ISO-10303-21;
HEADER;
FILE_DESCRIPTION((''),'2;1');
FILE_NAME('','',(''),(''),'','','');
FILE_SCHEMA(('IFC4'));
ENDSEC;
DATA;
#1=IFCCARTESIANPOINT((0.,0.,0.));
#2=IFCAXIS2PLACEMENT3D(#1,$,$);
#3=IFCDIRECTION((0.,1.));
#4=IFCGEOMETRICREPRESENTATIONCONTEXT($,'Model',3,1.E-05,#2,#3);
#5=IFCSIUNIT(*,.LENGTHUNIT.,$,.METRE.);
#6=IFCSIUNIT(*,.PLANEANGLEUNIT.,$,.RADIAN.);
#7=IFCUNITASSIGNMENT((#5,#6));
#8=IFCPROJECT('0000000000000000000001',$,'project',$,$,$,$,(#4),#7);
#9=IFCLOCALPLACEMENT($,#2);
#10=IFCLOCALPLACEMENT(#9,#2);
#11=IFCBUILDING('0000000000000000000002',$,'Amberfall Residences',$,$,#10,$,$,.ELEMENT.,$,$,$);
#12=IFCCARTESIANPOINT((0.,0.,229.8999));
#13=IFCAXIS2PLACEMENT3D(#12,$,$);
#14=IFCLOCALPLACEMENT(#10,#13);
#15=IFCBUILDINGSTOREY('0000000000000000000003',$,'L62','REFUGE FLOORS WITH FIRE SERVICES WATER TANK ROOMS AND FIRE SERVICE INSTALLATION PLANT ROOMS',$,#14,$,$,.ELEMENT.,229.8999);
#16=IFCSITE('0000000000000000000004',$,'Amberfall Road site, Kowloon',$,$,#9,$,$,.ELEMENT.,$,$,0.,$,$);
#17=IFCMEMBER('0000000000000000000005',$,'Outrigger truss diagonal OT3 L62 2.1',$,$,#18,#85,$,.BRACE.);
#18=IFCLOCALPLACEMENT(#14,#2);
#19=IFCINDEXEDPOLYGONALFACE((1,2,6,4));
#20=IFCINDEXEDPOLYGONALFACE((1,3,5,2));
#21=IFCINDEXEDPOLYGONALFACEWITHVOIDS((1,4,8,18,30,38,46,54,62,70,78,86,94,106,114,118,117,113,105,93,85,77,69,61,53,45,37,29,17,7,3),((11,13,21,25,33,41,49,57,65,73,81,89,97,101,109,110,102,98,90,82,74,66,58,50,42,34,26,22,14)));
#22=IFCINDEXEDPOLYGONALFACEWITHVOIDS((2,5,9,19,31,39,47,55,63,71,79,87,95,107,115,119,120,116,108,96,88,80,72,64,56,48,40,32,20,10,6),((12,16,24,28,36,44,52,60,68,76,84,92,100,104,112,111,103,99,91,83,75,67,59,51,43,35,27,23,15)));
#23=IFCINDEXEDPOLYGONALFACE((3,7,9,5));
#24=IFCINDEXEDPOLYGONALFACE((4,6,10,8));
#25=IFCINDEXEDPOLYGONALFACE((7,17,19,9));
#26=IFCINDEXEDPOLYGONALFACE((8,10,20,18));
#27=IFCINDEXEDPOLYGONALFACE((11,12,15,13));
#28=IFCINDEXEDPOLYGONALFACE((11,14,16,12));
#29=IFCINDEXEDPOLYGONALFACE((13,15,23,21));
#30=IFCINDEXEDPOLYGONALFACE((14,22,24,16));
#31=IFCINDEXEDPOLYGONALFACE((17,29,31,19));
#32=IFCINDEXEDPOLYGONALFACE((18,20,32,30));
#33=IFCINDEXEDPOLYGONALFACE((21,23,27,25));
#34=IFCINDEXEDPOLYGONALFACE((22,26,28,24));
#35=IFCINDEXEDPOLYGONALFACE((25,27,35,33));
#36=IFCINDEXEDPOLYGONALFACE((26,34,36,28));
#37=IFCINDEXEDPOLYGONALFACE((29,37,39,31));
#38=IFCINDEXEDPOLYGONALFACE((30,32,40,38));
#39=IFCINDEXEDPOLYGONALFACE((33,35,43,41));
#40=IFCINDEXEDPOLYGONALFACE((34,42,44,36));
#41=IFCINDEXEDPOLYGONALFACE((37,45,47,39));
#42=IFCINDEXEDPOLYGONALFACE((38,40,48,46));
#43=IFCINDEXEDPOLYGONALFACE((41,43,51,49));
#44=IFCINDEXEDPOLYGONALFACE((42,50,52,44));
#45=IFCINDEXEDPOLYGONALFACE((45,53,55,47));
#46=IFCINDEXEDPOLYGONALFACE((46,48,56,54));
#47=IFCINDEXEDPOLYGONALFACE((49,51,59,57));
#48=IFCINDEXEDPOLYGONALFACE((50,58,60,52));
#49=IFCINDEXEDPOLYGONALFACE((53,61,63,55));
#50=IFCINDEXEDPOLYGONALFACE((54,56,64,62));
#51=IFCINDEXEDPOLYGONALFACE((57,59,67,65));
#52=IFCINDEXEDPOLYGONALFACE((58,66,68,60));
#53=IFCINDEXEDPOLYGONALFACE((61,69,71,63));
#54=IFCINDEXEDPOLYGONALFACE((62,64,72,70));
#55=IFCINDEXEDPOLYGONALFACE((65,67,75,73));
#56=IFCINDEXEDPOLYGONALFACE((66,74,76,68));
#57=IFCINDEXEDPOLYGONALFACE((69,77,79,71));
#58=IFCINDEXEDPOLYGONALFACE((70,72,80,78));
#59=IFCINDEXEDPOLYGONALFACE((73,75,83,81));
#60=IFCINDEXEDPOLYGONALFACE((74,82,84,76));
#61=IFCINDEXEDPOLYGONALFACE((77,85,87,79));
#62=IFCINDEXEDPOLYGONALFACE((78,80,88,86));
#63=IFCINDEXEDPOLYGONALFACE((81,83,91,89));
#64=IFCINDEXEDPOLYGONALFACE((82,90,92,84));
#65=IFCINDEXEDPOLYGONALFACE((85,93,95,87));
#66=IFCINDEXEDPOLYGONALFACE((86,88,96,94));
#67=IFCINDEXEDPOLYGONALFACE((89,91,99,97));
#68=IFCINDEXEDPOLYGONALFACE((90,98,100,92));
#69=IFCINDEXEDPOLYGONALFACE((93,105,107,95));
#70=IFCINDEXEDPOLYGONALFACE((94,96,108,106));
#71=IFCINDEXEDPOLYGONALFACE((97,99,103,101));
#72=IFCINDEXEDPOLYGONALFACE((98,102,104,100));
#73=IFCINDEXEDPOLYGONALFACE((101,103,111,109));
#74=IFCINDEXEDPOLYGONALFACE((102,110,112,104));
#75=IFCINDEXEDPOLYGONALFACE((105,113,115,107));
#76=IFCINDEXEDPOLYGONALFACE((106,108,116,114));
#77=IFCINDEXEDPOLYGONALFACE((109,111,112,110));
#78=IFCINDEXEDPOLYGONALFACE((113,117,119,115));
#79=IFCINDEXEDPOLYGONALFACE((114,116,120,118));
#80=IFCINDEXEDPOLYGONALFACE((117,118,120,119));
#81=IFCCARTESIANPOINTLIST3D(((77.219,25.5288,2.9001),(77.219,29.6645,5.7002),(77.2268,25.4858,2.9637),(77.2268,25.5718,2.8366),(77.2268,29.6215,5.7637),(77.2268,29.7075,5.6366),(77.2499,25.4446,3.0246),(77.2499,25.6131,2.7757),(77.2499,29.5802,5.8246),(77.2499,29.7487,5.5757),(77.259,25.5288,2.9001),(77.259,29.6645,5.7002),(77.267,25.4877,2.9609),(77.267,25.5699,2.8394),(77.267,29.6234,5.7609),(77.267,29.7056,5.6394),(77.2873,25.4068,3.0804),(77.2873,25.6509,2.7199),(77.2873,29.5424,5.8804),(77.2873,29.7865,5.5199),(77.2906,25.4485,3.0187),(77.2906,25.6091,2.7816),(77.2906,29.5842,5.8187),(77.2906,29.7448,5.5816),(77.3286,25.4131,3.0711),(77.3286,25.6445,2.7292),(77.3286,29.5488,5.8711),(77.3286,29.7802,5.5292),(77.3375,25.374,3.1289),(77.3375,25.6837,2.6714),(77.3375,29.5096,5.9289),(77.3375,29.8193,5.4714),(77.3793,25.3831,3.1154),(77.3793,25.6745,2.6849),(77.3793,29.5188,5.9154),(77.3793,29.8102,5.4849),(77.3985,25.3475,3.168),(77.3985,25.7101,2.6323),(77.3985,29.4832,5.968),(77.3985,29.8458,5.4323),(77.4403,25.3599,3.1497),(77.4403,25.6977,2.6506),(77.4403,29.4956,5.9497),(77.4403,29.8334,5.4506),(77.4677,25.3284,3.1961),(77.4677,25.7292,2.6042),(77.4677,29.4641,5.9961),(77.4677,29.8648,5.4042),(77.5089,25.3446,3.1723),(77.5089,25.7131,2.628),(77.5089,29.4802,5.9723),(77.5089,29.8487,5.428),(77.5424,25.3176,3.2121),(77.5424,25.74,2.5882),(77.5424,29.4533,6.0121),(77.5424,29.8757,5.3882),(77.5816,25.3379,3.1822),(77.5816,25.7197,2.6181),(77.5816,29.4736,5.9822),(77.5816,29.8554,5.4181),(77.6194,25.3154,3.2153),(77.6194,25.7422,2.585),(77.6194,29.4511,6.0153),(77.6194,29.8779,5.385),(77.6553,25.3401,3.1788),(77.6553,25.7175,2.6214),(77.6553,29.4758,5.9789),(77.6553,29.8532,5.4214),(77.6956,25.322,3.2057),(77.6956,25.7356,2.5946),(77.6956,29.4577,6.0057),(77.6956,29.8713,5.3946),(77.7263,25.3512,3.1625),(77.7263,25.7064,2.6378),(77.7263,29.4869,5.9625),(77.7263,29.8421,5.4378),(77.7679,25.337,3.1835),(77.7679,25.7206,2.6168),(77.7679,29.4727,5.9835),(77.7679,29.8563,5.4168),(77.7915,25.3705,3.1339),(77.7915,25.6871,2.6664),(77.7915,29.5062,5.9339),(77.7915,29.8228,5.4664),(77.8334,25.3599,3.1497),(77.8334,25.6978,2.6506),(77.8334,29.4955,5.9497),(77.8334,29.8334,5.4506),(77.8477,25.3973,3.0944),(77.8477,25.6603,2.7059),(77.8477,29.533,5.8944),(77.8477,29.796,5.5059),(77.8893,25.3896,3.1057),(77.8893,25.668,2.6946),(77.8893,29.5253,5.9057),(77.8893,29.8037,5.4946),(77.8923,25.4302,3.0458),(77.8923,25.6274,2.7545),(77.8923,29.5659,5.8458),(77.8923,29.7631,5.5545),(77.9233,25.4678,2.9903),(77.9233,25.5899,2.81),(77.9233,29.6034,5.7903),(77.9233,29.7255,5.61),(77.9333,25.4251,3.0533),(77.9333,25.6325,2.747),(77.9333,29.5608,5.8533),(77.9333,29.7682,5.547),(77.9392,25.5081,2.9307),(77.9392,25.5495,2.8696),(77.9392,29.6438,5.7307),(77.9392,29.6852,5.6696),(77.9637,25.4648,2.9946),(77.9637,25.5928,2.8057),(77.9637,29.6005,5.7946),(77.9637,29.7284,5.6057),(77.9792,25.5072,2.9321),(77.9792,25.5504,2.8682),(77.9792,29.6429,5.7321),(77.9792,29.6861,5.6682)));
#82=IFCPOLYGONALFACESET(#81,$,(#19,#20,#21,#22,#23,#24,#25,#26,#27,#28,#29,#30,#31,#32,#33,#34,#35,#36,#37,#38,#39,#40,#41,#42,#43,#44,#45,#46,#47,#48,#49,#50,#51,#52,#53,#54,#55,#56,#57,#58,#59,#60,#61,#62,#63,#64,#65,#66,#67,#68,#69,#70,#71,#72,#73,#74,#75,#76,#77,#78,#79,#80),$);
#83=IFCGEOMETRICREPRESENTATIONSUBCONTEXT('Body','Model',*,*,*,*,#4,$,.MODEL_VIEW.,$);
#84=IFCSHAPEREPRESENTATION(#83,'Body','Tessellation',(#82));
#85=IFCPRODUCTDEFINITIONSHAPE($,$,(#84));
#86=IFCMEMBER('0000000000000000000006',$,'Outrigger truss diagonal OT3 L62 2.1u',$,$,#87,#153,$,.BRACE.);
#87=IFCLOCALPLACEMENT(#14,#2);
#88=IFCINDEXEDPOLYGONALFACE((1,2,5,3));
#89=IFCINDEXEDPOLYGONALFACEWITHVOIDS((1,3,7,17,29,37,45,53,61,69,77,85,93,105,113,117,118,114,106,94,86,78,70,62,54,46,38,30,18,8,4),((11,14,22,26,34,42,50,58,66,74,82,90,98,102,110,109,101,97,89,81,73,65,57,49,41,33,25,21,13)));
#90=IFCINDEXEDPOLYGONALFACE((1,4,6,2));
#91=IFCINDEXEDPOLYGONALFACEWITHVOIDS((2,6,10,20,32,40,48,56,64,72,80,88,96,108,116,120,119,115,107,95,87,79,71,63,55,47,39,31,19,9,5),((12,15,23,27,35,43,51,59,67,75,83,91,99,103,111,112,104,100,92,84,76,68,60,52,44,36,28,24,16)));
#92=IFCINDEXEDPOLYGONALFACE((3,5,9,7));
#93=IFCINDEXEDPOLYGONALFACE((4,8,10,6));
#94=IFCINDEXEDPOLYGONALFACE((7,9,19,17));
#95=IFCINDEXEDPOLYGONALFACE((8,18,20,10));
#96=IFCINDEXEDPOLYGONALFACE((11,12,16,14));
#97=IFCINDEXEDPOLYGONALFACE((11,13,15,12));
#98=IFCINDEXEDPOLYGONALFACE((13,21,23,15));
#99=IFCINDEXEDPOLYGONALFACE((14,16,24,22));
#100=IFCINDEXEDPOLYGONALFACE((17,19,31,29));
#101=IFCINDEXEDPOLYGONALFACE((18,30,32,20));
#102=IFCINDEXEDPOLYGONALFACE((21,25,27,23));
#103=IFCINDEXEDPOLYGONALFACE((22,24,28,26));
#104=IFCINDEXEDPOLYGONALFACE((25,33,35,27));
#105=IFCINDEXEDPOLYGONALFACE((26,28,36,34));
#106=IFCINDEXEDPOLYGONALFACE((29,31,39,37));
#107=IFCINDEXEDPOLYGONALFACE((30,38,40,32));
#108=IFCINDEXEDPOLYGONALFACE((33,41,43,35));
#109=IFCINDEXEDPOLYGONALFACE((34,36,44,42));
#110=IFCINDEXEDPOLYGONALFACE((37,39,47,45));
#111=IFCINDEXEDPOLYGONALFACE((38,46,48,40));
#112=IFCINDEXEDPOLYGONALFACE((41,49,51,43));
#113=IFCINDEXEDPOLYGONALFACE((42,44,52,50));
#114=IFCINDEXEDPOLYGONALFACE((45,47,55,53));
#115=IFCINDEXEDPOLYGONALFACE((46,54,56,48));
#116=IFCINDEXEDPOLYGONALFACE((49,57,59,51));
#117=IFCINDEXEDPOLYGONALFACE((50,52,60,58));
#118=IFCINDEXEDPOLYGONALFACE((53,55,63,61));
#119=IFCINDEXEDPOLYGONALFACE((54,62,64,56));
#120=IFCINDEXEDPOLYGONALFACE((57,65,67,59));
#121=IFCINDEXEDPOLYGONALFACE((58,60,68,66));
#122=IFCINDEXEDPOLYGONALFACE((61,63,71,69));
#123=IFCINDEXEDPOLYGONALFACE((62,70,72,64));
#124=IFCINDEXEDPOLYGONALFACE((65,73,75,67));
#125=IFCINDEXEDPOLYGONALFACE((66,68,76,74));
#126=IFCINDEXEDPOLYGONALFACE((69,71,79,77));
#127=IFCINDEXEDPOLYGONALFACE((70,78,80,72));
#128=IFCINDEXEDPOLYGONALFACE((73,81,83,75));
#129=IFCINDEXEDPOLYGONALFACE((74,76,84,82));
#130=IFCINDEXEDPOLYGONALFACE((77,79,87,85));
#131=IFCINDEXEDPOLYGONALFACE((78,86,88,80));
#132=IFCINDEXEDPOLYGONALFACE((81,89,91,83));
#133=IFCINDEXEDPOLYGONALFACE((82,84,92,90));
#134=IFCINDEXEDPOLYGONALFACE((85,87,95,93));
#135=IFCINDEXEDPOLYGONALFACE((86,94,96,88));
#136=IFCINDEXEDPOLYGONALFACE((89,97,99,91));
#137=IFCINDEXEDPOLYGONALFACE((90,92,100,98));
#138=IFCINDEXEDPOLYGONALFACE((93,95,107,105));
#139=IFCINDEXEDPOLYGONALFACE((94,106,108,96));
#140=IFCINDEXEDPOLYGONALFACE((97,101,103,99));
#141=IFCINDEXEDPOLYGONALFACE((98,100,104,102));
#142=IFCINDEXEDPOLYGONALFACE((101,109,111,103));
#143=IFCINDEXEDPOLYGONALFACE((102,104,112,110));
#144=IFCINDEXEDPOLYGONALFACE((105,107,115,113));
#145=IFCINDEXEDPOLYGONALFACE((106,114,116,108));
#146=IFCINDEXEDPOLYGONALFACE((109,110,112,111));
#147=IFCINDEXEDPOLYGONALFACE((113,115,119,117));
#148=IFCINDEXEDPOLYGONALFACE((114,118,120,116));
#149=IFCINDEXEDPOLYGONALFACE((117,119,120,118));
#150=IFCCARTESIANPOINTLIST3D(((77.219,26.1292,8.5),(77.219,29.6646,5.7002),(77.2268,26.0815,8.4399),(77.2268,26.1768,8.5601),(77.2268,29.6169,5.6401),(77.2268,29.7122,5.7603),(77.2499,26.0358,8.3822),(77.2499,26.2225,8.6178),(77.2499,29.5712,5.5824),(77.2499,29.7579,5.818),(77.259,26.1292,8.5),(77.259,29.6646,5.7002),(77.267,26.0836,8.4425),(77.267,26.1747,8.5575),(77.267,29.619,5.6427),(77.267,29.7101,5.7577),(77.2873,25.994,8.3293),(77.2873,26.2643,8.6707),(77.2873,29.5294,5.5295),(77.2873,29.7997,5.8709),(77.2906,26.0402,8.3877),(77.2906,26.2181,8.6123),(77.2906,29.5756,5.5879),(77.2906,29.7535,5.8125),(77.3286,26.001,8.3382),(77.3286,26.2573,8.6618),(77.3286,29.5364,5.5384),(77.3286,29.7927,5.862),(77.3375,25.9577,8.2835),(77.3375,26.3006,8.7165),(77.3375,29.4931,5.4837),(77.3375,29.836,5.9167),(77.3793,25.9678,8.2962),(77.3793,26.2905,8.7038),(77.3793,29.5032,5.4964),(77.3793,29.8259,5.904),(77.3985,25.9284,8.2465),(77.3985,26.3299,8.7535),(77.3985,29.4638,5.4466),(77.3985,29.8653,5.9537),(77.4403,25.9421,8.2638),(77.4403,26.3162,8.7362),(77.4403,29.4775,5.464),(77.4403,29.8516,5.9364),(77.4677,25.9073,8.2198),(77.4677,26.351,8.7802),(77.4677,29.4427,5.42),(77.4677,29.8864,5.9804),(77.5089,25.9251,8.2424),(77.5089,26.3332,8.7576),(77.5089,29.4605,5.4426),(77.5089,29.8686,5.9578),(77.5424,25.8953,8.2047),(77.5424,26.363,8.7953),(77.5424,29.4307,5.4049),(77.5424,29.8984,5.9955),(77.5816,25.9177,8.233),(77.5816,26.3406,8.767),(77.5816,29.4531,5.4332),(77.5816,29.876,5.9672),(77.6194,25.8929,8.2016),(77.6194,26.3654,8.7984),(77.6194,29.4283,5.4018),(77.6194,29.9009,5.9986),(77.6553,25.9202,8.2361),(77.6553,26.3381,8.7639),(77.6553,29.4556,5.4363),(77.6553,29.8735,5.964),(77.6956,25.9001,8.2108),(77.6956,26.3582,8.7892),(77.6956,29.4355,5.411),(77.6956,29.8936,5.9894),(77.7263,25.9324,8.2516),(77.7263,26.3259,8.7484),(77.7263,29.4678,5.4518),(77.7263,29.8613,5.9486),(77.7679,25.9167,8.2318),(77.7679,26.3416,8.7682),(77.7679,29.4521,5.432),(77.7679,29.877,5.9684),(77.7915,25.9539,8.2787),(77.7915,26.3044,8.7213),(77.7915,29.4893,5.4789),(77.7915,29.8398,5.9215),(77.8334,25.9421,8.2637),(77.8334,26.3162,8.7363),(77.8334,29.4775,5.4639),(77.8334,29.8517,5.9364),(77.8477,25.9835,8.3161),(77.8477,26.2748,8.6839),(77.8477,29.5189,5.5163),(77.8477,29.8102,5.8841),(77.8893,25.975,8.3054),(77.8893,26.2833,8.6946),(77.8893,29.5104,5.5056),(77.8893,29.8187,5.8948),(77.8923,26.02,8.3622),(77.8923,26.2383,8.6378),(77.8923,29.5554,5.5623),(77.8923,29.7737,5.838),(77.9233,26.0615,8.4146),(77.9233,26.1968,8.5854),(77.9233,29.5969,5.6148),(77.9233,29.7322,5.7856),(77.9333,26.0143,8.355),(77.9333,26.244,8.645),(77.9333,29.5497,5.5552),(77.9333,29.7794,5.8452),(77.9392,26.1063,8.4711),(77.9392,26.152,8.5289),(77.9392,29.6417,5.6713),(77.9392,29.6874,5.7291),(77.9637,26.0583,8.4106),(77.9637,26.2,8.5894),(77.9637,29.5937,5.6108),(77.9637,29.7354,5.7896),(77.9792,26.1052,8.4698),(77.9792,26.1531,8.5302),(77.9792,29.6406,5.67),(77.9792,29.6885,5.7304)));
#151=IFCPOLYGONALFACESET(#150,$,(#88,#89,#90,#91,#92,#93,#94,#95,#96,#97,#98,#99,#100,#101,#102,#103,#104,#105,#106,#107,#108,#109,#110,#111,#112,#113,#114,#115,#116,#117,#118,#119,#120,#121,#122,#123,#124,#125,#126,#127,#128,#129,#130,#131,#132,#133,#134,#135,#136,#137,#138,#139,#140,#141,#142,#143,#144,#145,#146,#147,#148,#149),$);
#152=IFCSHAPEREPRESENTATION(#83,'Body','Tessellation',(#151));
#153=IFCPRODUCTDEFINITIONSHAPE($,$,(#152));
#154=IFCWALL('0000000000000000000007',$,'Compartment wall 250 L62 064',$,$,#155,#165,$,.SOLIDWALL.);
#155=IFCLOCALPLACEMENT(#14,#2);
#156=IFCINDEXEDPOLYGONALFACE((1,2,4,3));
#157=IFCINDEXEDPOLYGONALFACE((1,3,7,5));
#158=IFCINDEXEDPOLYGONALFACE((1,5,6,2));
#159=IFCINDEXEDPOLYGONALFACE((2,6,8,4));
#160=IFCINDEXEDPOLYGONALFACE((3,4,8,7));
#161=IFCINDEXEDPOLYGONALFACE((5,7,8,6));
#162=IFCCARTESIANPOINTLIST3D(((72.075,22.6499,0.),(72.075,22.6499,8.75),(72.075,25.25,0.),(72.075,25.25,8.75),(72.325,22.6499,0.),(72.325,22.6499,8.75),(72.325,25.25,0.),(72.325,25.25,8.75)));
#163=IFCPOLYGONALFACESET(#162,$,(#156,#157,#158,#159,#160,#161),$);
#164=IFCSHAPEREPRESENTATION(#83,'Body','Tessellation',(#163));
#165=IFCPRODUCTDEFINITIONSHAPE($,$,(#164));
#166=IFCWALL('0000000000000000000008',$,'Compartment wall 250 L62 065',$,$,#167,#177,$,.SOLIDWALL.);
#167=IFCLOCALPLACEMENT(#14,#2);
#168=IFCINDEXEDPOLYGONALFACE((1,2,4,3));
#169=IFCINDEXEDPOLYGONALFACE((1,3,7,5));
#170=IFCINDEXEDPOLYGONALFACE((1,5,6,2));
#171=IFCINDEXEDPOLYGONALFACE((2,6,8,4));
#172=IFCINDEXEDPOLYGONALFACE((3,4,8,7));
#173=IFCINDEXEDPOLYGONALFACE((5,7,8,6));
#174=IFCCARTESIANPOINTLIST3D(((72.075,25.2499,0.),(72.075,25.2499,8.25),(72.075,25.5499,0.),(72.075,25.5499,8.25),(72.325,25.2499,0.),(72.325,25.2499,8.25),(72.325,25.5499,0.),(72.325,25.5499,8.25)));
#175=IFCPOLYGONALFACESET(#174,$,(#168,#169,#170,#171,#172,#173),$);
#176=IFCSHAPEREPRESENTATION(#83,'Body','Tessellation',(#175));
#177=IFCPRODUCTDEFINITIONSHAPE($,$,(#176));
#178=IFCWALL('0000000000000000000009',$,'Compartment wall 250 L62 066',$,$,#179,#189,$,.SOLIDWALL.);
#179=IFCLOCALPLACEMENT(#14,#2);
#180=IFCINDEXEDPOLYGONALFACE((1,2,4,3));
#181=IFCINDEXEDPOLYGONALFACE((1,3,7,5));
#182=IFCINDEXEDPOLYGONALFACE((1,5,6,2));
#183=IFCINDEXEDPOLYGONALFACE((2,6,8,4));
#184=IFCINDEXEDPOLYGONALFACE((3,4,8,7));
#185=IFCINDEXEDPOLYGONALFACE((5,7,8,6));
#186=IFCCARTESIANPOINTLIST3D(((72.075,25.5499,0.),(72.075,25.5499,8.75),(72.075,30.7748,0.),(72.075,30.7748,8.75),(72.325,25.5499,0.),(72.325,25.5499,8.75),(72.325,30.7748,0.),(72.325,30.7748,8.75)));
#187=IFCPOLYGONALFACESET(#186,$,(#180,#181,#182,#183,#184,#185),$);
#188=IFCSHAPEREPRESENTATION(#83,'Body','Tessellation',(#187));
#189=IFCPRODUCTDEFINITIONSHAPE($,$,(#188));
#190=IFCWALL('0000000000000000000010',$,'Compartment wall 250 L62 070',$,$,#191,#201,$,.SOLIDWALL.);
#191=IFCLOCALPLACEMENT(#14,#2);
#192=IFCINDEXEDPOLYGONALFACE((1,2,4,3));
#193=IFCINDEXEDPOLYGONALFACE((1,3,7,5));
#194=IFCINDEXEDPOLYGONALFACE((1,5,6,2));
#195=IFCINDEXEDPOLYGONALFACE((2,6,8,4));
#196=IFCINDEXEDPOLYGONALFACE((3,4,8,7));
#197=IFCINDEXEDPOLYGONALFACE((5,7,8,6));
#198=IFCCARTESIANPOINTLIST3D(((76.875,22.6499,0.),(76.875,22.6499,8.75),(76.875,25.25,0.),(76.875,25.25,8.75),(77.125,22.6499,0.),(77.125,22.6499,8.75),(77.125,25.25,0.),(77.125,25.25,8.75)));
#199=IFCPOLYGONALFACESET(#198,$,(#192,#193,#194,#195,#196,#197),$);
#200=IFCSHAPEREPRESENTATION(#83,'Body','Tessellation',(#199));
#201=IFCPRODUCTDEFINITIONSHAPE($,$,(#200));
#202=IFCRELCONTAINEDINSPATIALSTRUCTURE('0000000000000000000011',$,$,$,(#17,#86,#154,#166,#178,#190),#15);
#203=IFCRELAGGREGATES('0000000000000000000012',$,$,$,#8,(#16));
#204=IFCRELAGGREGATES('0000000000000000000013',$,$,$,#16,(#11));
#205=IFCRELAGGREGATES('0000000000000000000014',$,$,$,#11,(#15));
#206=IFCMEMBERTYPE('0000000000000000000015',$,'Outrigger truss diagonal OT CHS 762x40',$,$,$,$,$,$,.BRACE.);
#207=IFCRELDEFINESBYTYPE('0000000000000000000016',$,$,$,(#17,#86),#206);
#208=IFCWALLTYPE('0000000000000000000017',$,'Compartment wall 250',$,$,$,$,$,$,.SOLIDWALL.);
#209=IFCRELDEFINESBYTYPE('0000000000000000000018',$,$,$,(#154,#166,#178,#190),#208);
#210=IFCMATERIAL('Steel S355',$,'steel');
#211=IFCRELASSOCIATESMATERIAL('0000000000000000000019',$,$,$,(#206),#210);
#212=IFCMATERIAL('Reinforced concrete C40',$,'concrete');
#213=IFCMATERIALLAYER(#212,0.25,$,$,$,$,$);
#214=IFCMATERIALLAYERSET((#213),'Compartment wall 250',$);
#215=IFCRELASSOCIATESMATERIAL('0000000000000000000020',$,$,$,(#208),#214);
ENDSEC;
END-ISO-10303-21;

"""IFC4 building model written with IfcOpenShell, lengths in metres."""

from ifc_helpers import new_model, si_unit, direction, frame, frame_2d, origin, origin_2d, place, context, subcontext, project, spatial, rectangle, hollow_circle, extrude, material, layer, layer_set, material_profile, profile_set, type_object, element, save


model = new_model("IFC4")

# Units and contexts
model_context = context("Model", 3, precision=1e-05, world=origin(), true_north=direction((0.0, 1.0)))
body_context = subcontext(model_context, "Body", "Model", "MODEL_VIEW")
ifc_project = project(units=[si_unit("LENGTHUNIT", "METRE"), si_unit("PLANEANGLEUNIT", "RADIAN")], contexts=[model_context])

# Site, building, storey
site_placement = place(None, origin())
site = spatial("IfcSite", under=ifc_project, at=site_placement, Name="Amberfall Road site, Kowloon", CompositionType="ELEMENT", RefElevation=0.0)
building_placement = place(site_placement, origin())
building = spatial("IfcBuilding", under=site, at=building_placement, Name="Amberfall Residences", CompositionType="ELEMENT")
storey_placement = place(building_placement, frame((0.0, 0.0, 229.8999)))
storey = spatial("IfcBuildingStorey", under=building, at=storey_placement, Name="L62", Description="REFUGE FLOORS WITH FIRE SERVICES WATER TANK ROOMS AND FIRE SERVICE INSTALLATION PLANT ROOMS", CompositionType="ELEMENT", Elevation=229.8999)

# Shared definitions
ifc_material_1 = material(Name="Steel S355", Category="steel")

# Members
ifc_material_profile_1 = material_profile(ifc_material_1, hollow_circle(Radius=0.3811, WallThickness=0.04, at=origin_2d()), Name="CHS 762x40")
ifc_profile_set_1 = profile_set([ifc_material_profile_1], Name="Steel S355")
member_type_1 = type_object("IfcMemberType", Name="Outrigger truss diagonal OT CHS 762x40", PredefinedType="BRACE", material=ifc_profile_set_1)
member_1_placement = place(storey_placement, frame((77.6001, 25.5288, 2.9001), z_axis=(0.0, 0.828066, 0.560631), x_axis=(-1.0, 0.0, 0.0)))
element("IfcMember", 1, at=member_1_placement, inside=storey, type_object=member_type_1, Name="Outrigger truss diagonal OT3 L62 2.1", PredefinedType="BRACE", context=body_context, shape_type="SweptSolid", body=[
    extrude(hollow_circle(Radius=0.3811, WallThickness=0.04, at=origin_2d()), origin(), (0.0, 0.0, 1.0), 4.9944),
])
member_2_placement = place(storey_placement, frame((77.6001, 26.1292, 8.5), z_axis=(0.0, 0.783944, -0.620832), x_axis=(-1.0, 0.0, 0.0)))
element("IfcMember", 2, at=member_2_placement, inside=storey, type_object=member_type_1, Name="Outrigger truss diagonal OT3 L62 2.1u", PredefinedType="BRACE", context=body_context, shape_type="SweptSolid", body=[
    extrude(hollow_circle(Radius=0.3811, WallThickness=0.04, at=origin_2d()), origin(), (0.0, 0.0, 1.0), 4.5098),
])

# Walls
ifc_material_2 = material(Name="Reinforced concrete C40", Category="concrete")
ifc_layer = layer(ifc_material_2, 0.25)
ifc_layer_set = layer_set([ifc_layer], Name="Compartment wall 250")
wall_type = type_object("IfcWallType", Name="Compartment wall 250", PredefinedType="SOLIDWALL", material=ifc_layer_set)
wall_1_placement = place(storey_placement, frame((72.2, 22.6499, 0.0), z_axis=(0.0, 0.0, 1.0), x_axis=(0.0, 1.0, 0.0)))
element("IfcWall", 3, at=wall_1_placement, inside=storey, type_object=wall_type, Name="Compartment wall 250 L62 064", PredefinedType="SOLIDWALL", context=body_context, shape_type="SweptSolid", body=[
    extrude(rectangle(XDim=2.6001, YDim=0.25, at=frame_2d((1.3, 0.0))), origin(), (0.0, 0.0, 1.0), 8.75),
])
wall_2_placement = place(storey_placement, frame((72.2, 25.25, 0.0), z_axis=(0.0, 0.0, 1.0), x_axis=(0.0, 1.0, 0.0)))
element("IfcWall", 4, at=wall_2_placement, inside=storey, type_object=wall_type, Name="Compartment wall 250 L62 065", PredefinedType="SOLIDWALL", context=body_context, shape_type="SweptSolid", body=[
    extrude(rectangle(XDim=0.3, YDim=0.25, at=frame_2d((0.1499, 0.0))), origin(), (0.0, 0.0, 1.0), 8.25),
])
wall_3_placement = place(storey_placement, frame((72.2, 25.55, 0.0), z_axis=(0.0, 0.0, 1.0), x_axis=(0.0, 1.0, 0.0)))
element("IfcWall", 5, at=wall_3_placement, inside=storey, type_object=wall_type, Name="Compartment wall 250 L62 066", PredefinedType="SOLIDWALL", context=body_context, shape_type="SweptSolid", body=[
    extrude(rectangle(XDim=5.2249, YDim=0.25, at=frame_2d((2.6123, 0.0))), origin(), (0.0, 0.0, 1.0), 8.75),
])
wall_4_placement = place(storey_placement, frame((77.0, 22.6499, 0.0), z_axis=(0.0, 0.0, 1.0), x_axis=(0.0, 1.0, 0.0)))
element("IfcWall", 6, at=wall_4_placement, inside=storey, type_object=wall_type, Name="Compartment wall 250 L62 070", PredefinedType="SOLIDWALL", context=body_context, shape_type="SweptSolid", body=[
    extrude(rectangle(XDim=2.6001, YDim=0.25, at=frame_2d((1.3, 0.0))), origin(), (0.0, 0.0, 1.0), 8.75),
])

save(model, "model.ifc")
